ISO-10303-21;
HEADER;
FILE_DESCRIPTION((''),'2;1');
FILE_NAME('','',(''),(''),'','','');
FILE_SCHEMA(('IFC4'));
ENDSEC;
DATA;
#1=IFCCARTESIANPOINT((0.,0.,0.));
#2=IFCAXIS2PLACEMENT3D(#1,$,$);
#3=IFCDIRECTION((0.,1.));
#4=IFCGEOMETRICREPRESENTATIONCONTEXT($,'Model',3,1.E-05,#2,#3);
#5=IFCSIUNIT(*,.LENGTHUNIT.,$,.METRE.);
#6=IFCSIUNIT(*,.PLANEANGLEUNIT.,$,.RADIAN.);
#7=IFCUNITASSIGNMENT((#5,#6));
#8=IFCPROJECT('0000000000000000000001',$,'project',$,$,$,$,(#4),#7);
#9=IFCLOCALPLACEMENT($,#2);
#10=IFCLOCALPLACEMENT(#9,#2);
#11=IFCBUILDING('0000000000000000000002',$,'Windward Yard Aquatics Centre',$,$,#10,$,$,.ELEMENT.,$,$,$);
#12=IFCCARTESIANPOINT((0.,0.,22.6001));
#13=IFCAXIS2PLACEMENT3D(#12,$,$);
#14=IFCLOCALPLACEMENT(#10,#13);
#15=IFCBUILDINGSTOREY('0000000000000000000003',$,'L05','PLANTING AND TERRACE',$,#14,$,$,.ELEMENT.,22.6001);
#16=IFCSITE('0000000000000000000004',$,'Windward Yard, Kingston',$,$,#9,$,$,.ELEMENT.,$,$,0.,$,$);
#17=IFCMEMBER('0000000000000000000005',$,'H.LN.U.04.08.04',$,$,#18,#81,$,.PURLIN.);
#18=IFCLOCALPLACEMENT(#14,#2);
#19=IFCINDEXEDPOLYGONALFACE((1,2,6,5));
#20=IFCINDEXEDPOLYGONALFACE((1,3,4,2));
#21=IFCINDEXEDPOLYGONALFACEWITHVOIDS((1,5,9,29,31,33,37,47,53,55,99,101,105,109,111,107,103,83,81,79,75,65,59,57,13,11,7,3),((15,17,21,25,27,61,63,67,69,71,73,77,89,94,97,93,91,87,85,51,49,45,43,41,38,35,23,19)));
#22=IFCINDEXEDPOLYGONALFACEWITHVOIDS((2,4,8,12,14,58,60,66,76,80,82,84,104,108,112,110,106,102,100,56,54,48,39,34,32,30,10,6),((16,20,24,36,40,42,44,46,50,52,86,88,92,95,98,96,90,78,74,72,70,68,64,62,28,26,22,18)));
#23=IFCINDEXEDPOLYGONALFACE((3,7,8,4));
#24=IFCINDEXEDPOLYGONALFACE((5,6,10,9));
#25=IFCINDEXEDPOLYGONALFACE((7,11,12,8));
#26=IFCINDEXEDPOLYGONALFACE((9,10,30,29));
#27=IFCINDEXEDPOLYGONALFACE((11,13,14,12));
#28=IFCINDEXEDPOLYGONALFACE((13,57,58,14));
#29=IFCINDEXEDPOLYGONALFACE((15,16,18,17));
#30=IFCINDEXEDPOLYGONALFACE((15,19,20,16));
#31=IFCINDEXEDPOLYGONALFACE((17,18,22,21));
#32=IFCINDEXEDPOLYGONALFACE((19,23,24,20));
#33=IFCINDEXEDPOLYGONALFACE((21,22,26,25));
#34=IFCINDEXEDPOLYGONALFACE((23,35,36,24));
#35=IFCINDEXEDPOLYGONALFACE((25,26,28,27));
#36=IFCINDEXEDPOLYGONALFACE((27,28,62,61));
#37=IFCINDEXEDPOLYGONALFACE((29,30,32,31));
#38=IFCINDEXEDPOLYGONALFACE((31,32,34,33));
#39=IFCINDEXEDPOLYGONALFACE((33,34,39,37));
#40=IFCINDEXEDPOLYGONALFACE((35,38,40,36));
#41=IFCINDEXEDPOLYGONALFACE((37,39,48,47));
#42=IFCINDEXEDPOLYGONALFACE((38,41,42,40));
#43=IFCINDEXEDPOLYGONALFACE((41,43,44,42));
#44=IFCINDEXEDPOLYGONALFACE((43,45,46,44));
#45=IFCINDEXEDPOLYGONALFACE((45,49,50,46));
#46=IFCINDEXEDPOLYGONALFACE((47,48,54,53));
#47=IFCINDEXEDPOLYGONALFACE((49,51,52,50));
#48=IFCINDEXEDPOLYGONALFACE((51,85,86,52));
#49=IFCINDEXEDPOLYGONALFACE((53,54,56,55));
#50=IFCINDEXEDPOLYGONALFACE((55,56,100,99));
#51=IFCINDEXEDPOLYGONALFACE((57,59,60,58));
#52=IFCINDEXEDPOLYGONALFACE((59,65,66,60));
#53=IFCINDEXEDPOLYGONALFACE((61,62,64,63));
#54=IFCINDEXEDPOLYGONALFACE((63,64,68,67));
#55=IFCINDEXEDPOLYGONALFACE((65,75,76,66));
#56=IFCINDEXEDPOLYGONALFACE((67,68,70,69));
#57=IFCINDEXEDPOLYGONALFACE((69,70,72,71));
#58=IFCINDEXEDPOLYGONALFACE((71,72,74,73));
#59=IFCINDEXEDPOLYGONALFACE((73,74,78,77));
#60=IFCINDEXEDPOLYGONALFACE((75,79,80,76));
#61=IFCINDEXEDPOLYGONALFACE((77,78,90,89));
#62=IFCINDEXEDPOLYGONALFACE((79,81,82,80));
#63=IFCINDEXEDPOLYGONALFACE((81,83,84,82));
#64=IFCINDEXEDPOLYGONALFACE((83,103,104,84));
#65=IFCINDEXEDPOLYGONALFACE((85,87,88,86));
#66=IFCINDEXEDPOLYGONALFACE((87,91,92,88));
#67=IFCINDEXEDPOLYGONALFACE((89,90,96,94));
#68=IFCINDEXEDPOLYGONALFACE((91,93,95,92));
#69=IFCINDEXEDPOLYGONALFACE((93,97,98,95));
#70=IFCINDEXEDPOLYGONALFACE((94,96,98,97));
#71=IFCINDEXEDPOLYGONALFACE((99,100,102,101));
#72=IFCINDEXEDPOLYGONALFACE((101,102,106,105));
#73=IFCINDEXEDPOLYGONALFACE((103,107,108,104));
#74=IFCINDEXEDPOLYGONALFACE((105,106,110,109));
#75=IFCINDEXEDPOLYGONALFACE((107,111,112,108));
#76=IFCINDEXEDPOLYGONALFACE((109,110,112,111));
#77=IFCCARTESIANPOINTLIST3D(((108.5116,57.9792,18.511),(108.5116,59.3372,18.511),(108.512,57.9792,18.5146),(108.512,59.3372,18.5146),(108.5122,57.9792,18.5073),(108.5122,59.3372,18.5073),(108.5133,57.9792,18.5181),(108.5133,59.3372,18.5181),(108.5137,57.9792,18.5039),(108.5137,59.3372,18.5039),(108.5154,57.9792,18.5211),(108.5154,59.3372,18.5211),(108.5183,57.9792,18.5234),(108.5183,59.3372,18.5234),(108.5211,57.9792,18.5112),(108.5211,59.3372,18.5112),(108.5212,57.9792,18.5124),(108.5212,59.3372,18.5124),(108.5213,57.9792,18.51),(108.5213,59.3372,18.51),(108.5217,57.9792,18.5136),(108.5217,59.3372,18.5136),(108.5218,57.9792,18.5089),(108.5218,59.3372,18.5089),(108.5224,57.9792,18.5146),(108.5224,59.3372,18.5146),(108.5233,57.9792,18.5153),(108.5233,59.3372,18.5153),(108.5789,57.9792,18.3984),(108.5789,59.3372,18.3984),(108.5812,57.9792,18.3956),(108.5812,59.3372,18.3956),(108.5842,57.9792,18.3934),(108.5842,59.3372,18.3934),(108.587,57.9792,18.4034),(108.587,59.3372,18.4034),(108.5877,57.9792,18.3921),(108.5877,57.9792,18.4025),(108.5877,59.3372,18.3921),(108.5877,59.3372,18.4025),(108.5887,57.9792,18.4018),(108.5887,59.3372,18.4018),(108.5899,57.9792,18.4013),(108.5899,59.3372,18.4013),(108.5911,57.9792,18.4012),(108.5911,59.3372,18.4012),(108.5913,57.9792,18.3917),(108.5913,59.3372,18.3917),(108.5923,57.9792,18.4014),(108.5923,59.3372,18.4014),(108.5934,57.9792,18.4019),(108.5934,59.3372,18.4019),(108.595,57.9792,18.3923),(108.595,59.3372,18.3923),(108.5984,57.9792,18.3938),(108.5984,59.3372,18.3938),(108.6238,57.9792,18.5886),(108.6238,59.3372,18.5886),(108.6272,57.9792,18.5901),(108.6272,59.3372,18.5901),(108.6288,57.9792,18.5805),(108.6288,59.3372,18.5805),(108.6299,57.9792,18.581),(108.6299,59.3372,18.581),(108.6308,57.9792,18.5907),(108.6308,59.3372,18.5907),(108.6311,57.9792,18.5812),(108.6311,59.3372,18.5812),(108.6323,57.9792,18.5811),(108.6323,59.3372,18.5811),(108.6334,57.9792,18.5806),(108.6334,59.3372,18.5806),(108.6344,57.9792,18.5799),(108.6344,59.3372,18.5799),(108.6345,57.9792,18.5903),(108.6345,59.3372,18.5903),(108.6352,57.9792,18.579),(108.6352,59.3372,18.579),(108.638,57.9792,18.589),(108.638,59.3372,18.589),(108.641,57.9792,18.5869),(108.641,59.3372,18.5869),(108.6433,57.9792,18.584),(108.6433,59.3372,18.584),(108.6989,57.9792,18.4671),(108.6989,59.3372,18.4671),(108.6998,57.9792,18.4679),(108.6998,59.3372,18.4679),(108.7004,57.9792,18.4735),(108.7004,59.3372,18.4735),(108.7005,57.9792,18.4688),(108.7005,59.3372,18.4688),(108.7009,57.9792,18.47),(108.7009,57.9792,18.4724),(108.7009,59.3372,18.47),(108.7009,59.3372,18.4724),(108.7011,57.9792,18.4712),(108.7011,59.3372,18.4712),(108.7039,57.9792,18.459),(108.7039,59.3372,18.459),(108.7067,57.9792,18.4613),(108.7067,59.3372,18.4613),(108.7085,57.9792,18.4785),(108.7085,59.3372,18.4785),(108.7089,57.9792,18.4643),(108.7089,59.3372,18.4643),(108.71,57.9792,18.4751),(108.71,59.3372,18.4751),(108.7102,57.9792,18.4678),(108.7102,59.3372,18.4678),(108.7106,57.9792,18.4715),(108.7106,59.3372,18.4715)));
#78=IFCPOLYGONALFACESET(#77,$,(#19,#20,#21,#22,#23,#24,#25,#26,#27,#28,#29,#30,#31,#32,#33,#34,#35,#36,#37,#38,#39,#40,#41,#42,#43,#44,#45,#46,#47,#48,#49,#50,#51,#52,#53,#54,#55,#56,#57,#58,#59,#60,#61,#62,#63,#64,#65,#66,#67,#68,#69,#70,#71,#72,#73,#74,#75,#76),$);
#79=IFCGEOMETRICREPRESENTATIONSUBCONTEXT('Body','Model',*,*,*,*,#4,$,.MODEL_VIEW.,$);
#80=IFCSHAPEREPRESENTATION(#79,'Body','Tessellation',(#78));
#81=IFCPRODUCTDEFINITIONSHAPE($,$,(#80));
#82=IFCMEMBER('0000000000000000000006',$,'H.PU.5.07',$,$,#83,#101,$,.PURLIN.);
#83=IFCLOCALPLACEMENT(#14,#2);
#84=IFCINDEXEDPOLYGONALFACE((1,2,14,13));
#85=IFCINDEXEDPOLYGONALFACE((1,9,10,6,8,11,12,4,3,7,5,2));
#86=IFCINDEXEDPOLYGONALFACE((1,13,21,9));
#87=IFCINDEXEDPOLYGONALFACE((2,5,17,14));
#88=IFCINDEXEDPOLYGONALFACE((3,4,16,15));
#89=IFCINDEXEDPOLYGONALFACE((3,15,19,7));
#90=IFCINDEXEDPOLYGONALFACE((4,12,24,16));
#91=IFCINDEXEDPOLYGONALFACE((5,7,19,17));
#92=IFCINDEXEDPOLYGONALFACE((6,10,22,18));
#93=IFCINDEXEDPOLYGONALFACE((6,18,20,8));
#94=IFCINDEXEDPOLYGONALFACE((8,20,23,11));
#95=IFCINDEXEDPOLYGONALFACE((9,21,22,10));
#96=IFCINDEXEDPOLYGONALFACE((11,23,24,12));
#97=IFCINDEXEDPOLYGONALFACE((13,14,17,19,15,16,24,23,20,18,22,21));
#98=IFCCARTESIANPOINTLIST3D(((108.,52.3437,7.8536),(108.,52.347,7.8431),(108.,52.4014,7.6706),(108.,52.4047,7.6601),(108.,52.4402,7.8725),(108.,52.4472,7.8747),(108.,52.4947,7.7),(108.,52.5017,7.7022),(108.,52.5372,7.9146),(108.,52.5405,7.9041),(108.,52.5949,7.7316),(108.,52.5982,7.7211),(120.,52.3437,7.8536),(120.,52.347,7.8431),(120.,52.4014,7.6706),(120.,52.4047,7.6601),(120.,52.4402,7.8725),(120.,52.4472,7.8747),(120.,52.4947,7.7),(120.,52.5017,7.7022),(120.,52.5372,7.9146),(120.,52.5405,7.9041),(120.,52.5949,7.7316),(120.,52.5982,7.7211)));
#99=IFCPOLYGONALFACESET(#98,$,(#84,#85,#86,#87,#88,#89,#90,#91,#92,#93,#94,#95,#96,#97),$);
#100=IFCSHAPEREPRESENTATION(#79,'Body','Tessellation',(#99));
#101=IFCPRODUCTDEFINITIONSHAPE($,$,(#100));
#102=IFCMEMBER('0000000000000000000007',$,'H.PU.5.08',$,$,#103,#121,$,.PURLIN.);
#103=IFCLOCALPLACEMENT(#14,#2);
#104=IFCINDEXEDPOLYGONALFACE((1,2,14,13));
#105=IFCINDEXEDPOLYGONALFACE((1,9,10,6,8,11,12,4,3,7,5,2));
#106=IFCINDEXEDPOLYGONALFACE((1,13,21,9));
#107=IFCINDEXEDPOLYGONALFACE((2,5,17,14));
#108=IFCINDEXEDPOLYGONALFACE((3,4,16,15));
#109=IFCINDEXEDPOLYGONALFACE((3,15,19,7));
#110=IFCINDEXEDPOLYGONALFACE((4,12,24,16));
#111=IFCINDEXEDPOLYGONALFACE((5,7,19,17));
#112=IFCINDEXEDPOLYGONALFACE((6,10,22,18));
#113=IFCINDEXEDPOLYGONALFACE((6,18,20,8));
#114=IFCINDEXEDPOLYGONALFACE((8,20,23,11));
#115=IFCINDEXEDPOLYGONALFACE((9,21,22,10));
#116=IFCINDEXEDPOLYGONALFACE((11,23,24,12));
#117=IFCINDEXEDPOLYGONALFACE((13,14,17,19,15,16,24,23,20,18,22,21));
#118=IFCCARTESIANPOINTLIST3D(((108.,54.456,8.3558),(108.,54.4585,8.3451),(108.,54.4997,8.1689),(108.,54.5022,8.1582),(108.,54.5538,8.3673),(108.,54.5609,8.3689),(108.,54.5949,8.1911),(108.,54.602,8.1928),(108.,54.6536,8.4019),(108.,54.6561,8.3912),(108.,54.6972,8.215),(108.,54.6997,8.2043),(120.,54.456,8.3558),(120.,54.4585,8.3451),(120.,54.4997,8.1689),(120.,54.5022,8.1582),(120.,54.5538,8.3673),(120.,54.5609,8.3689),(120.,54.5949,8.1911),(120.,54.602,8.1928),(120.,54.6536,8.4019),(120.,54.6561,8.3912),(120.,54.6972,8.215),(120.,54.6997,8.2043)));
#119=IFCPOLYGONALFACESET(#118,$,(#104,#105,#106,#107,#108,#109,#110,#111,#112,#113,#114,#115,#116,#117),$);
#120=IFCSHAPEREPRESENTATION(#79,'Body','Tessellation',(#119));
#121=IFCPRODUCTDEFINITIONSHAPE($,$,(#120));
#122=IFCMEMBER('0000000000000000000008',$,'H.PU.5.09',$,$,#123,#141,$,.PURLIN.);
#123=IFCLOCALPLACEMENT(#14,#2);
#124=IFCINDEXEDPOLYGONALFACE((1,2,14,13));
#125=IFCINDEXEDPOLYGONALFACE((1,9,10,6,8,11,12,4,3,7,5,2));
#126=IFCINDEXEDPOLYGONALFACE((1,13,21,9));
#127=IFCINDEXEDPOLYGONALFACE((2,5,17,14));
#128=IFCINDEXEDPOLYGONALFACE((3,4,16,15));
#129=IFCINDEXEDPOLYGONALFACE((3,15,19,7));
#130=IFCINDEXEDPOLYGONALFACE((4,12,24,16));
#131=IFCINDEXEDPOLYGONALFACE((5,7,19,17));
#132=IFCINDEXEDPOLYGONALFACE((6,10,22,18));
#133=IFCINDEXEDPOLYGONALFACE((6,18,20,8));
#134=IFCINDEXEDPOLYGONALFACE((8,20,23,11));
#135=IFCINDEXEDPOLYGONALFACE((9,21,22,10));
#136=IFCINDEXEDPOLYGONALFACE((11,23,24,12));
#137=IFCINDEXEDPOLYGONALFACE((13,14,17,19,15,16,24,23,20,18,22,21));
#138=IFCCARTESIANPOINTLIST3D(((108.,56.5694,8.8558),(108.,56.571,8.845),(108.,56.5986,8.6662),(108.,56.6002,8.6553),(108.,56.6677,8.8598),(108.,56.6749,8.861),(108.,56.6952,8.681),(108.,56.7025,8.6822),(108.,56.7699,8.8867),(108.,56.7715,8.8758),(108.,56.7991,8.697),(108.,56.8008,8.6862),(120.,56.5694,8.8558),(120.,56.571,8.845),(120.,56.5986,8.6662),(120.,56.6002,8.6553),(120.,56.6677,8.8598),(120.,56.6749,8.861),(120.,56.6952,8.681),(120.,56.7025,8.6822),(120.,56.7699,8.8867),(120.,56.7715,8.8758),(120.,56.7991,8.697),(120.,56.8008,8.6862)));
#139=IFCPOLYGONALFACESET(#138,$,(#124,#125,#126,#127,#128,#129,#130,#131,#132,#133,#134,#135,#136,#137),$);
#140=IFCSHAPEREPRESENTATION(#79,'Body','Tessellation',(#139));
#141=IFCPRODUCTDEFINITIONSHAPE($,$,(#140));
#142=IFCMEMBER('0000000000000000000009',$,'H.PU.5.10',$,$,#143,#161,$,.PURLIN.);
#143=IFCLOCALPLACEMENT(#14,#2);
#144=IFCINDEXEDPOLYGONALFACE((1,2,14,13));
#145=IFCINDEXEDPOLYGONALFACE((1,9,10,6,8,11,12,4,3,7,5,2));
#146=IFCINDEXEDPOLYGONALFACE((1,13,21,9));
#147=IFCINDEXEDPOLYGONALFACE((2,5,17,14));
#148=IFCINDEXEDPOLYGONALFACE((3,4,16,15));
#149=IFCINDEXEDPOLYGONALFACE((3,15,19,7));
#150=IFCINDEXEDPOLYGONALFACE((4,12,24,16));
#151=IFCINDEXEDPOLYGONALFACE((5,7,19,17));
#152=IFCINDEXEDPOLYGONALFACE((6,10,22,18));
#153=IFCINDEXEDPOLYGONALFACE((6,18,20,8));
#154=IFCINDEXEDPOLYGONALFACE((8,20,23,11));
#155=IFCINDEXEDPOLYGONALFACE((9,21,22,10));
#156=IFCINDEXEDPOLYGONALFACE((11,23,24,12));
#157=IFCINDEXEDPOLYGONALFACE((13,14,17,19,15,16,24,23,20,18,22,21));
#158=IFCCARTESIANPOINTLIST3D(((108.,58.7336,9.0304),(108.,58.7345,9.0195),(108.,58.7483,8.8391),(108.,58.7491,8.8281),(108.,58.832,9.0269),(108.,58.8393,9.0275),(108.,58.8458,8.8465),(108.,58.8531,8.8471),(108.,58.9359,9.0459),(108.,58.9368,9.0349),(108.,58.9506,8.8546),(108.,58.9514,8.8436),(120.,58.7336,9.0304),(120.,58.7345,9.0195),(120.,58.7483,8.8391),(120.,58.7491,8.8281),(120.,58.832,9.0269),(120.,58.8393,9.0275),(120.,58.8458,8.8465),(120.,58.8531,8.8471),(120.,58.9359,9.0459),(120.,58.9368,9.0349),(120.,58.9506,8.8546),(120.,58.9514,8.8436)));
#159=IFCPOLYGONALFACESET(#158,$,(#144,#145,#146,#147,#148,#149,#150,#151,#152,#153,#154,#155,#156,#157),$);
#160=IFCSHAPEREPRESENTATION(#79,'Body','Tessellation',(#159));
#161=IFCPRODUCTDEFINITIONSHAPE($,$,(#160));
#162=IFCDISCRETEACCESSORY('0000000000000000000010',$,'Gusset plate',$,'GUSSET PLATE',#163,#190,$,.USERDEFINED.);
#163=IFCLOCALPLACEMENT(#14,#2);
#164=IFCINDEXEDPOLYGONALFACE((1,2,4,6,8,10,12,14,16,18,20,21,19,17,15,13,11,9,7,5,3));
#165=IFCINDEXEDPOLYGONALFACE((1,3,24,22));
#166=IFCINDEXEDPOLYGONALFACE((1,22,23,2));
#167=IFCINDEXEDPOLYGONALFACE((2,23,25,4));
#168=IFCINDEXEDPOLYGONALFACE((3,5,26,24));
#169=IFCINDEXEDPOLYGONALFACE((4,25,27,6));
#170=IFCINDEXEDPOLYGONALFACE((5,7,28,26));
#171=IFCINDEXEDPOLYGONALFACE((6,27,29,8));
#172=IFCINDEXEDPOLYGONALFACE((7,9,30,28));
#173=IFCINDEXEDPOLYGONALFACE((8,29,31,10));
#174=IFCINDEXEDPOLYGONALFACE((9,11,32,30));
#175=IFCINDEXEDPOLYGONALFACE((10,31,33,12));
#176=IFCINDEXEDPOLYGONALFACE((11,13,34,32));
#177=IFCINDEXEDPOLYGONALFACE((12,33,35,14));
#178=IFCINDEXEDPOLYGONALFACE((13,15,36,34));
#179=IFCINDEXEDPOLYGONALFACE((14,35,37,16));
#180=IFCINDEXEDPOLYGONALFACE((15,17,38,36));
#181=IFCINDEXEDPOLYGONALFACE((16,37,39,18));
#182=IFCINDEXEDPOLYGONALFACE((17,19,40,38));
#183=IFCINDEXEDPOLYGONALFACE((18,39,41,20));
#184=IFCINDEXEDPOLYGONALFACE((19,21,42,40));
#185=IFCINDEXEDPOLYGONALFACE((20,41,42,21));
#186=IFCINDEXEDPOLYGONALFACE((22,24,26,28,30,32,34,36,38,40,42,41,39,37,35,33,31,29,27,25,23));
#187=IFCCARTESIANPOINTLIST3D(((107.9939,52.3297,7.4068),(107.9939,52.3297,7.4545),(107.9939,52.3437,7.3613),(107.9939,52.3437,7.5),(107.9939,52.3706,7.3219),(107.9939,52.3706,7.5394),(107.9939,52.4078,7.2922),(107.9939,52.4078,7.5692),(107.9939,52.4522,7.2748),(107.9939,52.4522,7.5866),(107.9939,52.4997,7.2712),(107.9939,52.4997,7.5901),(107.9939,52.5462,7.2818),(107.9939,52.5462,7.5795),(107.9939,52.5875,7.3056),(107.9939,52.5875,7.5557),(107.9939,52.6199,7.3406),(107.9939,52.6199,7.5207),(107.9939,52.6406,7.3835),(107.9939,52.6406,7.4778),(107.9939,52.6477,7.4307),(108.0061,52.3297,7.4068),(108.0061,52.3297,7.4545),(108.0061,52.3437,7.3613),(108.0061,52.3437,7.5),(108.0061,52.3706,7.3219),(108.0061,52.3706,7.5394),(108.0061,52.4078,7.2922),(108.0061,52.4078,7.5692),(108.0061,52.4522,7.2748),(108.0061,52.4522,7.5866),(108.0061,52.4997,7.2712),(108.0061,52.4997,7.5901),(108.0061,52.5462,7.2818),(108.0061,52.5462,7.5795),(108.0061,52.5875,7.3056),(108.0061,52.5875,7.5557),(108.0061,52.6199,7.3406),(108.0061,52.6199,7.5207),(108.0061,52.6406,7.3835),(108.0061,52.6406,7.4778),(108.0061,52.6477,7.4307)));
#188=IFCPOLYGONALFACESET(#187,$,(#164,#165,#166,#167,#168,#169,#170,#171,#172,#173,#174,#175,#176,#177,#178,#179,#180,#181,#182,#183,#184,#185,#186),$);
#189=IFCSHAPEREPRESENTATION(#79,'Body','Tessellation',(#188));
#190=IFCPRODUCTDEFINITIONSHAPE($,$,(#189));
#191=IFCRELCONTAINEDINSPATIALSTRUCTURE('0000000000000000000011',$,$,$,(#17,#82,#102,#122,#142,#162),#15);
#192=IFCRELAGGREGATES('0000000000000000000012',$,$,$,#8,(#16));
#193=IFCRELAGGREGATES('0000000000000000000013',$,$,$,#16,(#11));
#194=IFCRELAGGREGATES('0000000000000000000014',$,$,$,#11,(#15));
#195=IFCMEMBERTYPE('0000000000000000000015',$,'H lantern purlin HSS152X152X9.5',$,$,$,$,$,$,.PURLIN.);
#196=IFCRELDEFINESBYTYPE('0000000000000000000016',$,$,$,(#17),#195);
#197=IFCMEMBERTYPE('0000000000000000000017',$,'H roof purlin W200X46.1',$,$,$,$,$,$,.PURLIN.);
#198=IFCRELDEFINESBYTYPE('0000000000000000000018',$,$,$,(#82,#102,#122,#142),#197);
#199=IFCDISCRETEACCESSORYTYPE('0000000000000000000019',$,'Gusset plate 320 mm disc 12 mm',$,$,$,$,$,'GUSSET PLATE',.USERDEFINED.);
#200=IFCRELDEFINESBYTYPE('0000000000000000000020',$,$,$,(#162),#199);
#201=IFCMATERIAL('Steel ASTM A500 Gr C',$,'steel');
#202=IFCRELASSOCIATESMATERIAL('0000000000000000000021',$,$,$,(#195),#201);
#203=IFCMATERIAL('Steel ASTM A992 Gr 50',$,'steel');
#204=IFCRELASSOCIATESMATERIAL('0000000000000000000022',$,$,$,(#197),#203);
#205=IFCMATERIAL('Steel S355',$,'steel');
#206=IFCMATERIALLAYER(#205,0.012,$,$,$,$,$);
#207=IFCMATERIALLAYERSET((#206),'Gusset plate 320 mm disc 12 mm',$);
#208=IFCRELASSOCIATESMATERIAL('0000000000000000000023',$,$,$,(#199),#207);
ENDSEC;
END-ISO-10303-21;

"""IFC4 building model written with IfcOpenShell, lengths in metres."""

from ifc_helpers import new_model, si_unit, direction, frame, origin, origin_2d, place, context, subcontext, project, spatial, hollow_rectangle, circle, i_section, extrude, material, layer, layer_set, material_profile, profile_set, type_object, element, save


model = new_model("IFC4")

# Units and contexts
model_context = context("Model", 3, precision=1e-05, world=origin(), true_north=direction((0.0, 1.0)))
body_context = subcontext(model_context, "Body", "Model", "MODEL_VIEW")
ifc_project = project(units=[si_unit("LENGTHUNIT", "METRE"), si_unit("PLANEANGLEUNIT", "RADIAN")], contexts=[model_context])

# Site, building, storey
site_placement = place(None, origin())
site = spatial("IfcSite", under=ifc_project, at=site_placement, Name="Windward Yard, Kingston", CompositionType="ELEMENT", RefElevation=0.0)
building_placement = place(site_placement, origin())
building = spatial("IfcBuilding", under=site, at=building_placement, Name="Windward Yard Aquatics Centre", CompositionType="ELEMENT")
storey_placement = place(building_placement, frame((0.0, 0.0, 22.6001)))
storey = spatial("IfcBuildingStorey", under=building, at=storey_placement, Name="L05", Description="PLANTING AND TERRACE", CompositionType="ELEMENT", Elevation=22.6001)

# Members
ifc_material_1 = material(Name="Steel ASTM A500 Gr C", Category="steel")
ifc_material_profile_1 = material_profile(ifc_material_1, hollow_rectangle(XDim=0.1523, YDim=0.1523, WallThickness=0.0095, InnerFilletRadius=0.0046, OuterFilletRadius=0.0142, at=origin_2d()), Name="HSS152X152X9.5")
ifc_profile_set_1 = profile_set([ifc_material_profile_1], Name="Steel ASTM A500 Gr C")
member_type_1 = type_object("IfcMemberType", Name="H lantern purlin HSS152X152X9.5", PredefinedType="PURLIN", material=ifc_profile_set_1)
member_1_placement = place(storey_placement, frame((108.6111, 57.9792, 18.4912), z_axis=(0.0, 1.0, 0.0), x_axis=(-0.850755, 0.0, -0.525562)))
element("IfcMember", 1, at=member_1_placement, inside=storey, type_object=member_type_1, Name="H.LN.U.04.08.04", PredefinedType="PURLIN", context=body_context, shape_type="SweptSolid", body=[
    extrude(hollow_rectangle(XDim=0.1523, YDim=0.1523, WallThickness=0.0095, InnerFilletRadius=0.0046, OuterFilletRadius=0.0142, at=origin_2d()), origin(), (0.0, 0.0, 1.0), 1.3579),
])
ifc_material_2 = material(Name="Steel ASTM A992 Gr 50", Category="steel")
ifc_material_profile_2 = material_profile(ifc_material_2, i_section(OverallWidth=0.2029, OverallDepth=0.2029, WebThickness=0.0073, FlangeThickness=0.011, at=origin_2d()), Name="W200X46.1")
ifc_profile_set_2 = profile_set([ifc_material_profile_2], Name="Steel ASTM A992 Gr 50")
member_type_2 = type_object("IfcMemberType", Name="H roof purlin W200X46.1", PredefinedType="PURLIN", material=ifc_profile_set_2)
for number, where, z_axis, x_axis, name in (
    (2, (108.0, 52.4709, 7.7874), (1.0, 0.0, 0.0), (0.0, 0.953633, 0.300973), "H.PU.5.07"),
    (3, (108.0, 54.5779, 8.28), (1.0, 0.0, 0.0), (0.0, 0.973829, 0.227281), "H.PU.5.08"),
    (4, (108.0, 56.6851, 8.771), (1.0, 0.0, 0.0), (0.0, 0.98834, 0.152262), "H.PU.5.09"),
    (5, (108.0, 58.8425, 8.937), (1.0, 0.0, 0.0), (0.0, 0.997081, 0.076354), "H.PU.5.10"),
):
    element("IfcMember", number, at=place(storey_placement, frame(where, z_axis=z_axis, x_axis=x_axis)), inside=storey, type_object=member_type_2, Name=name, PredefinedType="PURLIN", context=body_context, shape_type="SweptSolid", body=[
        extrude(i_section(OverallWidth=0.2029, OverallDepth=0.2029, WebThickness=0.0073, FlangeThickness=0.011, at=origin_2d()), origin(), (0.0, 0.0, 1.0), 12.0),
    ])

# Discrete accessory
ifc_material_3 = material(Name="Steel S355", Category="steel")
ifc_layer = layer(ifc_material_3, 0.012)
ifc_layer_set = layer_set([ifc_layer], Name="Gusset plate 320 mm disc 12 mm")
discrete_accessory_type = type_object("IfcDiscreteAccessoryType", Name="Gusset plate 320 mm disc 12 mm", ElementType="GUSSET PLATE", PredefinedType="USERDEFINED", material=ifc_layer_set)
for number, where, z_axis, x_axis, name in (
    (6, (107.9939, 52.4878, 7.4307), (1.0, 0.0, 0.0), (0.0, 1.0, 0.0), "Gusset plate"),
):
    element("IfcDiscreteAccessory", number, at=place(storey_placement, frame(where, z_axis=z_axis, x_axis=x_axis)), inside=storey, type_object=discrete_accessory_type, Name=name, ObjectType="GUSSET PLATE", PredefinedType="USERDEFINED", context=body_context, shape_type="SweptSolid", body=[
        extrude(circle(Radius=0.1599, at=origin_2d()), origin(), (0.0, 0.0, 1.0), 0.0122),
    ])

save(model, "model.ifc")
